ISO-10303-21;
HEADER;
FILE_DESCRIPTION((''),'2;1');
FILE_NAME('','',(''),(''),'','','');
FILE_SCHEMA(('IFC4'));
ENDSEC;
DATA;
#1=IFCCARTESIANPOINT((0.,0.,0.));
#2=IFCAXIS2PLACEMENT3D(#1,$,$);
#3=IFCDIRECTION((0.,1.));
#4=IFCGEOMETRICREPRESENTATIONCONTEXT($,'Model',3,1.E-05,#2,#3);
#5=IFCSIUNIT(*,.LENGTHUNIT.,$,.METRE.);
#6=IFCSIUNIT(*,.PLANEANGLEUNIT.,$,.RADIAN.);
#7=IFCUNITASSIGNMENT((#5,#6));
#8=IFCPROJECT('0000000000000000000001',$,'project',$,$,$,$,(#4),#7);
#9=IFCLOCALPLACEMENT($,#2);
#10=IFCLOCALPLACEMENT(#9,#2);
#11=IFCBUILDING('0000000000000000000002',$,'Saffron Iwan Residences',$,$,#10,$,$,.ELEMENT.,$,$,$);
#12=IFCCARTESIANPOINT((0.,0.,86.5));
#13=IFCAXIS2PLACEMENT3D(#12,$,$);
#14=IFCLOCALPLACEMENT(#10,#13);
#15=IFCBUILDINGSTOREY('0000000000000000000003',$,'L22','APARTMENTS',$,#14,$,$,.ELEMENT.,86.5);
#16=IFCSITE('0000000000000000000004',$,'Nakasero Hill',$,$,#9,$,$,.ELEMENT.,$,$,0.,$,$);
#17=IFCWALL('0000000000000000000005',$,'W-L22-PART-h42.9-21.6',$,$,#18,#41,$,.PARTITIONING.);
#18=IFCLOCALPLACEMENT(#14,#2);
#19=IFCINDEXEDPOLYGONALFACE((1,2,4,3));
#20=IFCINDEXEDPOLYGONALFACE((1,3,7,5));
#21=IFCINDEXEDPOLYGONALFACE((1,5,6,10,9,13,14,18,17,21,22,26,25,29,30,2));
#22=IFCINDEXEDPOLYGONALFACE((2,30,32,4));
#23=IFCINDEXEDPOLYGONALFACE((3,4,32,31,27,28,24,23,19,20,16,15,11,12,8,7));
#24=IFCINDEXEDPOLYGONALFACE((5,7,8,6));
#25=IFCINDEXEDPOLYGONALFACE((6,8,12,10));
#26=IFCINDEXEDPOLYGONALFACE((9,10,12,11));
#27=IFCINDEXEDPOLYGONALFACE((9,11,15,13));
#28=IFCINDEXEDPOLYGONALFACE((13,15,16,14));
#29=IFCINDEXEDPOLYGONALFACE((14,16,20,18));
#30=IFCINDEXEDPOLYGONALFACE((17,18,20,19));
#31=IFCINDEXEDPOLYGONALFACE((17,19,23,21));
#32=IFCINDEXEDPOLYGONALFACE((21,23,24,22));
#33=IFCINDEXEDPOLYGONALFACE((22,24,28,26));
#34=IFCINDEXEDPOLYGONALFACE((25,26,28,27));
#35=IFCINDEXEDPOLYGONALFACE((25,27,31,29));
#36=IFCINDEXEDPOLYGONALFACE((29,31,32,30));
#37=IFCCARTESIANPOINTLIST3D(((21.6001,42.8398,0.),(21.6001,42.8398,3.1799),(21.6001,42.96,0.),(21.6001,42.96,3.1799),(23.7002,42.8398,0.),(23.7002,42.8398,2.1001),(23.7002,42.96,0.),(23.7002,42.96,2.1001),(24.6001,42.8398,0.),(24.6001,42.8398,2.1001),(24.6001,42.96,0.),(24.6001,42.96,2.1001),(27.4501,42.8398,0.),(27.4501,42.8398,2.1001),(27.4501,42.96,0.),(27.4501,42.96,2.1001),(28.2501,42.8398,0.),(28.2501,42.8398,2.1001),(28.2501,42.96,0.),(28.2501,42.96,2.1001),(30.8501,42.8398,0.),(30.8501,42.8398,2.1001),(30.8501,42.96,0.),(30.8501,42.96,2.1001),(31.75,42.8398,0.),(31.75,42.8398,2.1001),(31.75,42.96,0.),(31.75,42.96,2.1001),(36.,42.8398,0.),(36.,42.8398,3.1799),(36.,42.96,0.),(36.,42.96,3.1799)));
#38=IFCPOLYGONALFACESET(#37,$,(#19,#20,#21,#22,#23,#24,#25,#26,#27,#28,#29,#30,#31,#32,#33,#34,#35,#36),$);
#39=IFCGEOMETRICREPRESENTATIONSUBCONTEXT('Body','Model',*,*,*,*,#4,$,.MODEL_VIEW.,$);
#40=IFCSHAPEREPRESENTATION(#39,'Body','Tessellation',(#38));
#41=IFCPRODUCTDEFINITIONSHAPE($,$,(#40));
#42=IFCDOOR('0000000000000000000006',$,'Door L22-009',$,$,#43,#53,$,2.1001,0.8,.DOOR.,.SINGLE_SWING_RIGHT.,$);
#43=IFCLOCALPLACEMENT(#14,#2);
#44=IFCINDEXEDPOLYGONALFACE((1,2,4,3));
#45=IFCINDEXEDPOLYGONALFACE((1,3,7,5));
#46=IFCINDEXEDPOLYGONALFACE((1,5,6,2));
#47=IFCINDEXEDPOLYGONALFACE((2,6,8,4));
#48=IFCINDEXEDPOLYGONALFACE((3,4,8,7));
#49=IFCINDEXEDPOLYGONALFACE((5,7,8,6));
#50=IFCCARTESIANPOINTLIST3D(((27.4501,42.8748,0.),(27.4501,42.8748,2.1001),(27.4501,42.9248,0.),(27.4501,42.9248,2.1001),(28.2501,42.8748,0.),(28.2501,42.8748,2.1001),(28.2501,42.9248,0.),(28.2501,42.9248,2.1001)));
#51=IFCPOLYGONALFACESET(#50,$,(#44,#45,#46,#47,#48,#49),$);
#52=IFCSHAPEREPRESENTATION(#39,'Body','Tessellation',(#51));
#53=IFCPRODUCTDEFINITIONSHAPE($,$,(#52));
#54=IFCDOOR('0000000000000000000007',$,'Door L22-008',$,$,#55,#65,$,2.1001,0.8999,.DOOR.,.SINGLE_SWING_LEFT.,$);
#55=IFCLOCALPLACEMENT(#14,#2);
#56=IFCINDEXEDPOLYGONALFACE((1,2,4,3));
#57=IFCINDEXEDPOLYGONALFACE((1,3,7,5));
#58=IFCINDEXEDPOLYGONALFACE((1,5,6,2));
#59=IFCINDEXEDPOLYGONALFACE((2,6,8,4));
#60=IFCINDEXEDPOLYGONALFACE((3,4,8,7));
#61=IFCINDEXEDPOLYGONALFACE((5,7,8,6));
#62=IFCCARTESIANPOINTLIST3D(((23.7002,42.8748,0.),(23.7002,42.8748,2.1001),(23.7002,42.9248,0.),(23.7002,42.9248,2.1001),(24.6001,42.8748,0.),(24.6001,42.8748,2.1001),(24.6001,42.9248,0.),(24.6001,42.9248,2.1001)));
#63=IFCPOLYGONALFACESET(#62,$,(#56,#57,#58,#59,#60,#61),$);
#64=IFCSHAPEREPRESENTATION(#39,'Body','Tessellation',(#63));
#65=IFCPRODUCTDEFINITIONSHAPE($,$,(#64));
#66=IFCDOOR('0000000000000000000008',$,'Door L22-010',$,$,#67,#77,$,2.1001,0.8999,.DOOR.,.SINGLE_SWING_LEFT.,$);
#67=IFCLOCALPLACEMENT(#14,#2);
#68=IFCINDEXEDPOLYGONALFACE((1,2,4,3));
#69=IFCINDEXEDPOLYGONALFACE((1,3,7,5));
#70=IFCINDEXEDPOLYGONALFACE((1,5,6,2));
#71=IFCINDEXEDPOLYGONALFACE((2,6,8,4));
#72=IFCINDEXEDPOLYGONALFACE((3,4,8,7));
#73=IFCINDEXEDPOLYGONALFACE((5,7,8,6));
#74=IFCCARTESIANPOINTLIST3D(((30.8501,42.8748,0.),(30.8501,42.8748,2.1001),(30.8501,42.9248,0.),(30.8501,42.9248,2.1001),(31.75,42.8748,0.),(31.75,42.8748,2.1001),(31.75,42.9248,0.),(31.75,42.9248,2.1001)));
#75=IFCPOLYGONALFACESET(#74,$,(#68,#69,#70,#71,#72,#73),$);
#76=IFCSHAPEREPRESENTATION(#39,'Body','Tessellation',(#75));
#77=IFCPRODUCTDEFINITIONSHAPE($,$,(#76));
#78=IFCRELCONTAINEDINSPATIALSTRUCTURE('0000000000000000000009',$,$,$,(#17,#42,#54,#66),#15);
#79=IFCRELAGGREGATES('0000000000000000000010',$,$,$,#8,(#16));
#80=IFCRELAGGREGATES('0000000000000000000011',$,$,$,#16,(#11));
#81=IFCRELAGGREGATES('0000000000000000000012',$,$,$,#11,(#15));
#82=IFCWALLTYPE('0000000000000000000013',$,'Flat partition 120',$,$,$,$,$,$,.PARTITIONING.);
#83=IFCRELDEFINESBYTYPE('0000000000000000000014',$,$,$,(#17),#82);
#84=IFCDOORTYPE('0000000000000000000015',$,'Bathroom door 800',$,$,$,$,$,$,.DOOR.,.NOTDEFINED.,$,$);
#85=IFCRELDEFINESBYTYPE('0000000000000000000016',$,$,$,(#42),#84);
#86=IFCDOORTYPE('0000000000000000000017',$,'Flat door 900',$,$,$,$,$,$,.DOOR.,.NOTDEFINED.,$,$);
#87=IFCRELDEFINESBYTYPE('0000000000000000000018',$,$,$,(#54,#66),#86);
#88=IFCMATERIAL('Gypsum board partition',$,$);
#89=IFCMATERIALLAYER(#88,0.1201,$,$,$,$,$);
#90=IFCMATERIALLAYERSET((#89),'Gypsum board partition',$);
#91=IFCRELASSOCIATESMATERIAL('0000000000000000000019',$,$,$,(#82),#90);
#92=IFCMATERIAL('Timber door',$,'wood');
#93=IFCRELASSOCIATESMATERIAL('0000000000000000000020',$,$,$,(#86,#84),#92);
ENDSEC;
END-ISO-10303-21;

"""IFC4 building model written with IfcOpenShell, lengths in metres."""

from ifc_helpers import new_model, si_unit, direction, frame, frame_2d, origin, place, context, subcontext, project, spatial, rectangle, extrude, material, layer, layer_set, type_object, element, fill, save


model = new_model("IFC4")

# Units and contexts
model_context = context("Model", 3, precision=1e-05, world=origin(), true_north=direction((0.0, 1.0)))
body_context = subcontext(model_context, "Body", "Model", "MODEL_VIEW")
ifc_project = project(units=[si_unit("LENGTHUNIT", "METRE"), si_unit("PLANEANGLEUNIT", "RADIAN")], contexts=[model_context])

# Site, building, storey
site_placement = place(None, origin())
site = spatial("IfcSite", under=ifc_project, at=site_placement, Name="Nakasero Hill", CompositionType="ELEMENT", RefElevation=0.0)
building_placement = place(site_placement, origin())
building = spatial("IfcBuilding", under=site, at=building_placement, Name="Saffron Iwan Residences", CompositionType="ELEMENT")
storey_placement = place(building_placement, frame((0.0, 0.0, 86.5)))
storey = spatial("IfcBuildingStorey", under=building, at=storey_placement, Name="L22", Description="APARTMENTS", CompositionType="ELEMENT", Elevation=86.5)

# Shared definitions
ifc_material_1 = material(Name="Gypsum board partition")
ifc_layer_1 = layer(ifc_material_1, 0.1201)
ifc_layer_set_1 = layer_set([ifc_layer_1], Name="Gypsum board partition")
wall_type_1 = type_object("IfcWallType", Name="Flat partition 120", PredefinedType="PARTITIONING", material=ifc_layer_set_1)
ifc_material_2 = material(Name="Timber door", Category="wood")
door_type_1 = type_object("IfcDoorType", Name="Flat door 900", OperationType="NOTDEFINED", PredefinedType="DOOR", material=ifc_material_2)

# Wall, openings, doors
wall_1_placement = place(storey_placement, frame((21.6001, 42.8999, 0.0), z_axis=(0.0, 0.0, 1.0), x_axis=(1.0, 0.0, 0.0)))
wall_1 = element("IfcWall", 1, at=wall_1_placement, inside=storey, type_object=wall_type_1, Name="W-L22-PART-h42.9-21.6", PredefinedType="PARTITIONING", context=body_context, shape_type="SweptSolid", body=[
    extrude(rectangle(XDim=14.3999, YDim=0.1201, at=frame_2d((7.2, 0.0))), origin(), (0.0, 0.0, 1.0), 3.1799),
])
opening_1_placement = place(wall_1_placement, frame((2.1001, 0.0, 0.0)))
opening_1 = element("IfcOpeningElement", 2, at=opening_1_placement, cuts=wall_1, PredefinedType="OPENING", context=body_context, shape_type="SweptSolid", body=[
    extrude(rectangle(XDim=0.8999, YDim=2.1001, at=frame_2d((0.45, 1.05))), frame((0.0, 0.0701, 0.0), z_axis=(0.0, -1.0, 0.0), x_axis=(1.0, 0.0, 0.0)), (0.0, 0.0, 1.0), 0.1401),
])
opening_2_placement = place(wall_1_placement, frame((5.8501, 0.0, 0.0)))
opening_2 = element("IfcOpeningElement", 3, at=opening_2_placement, cuts=wall_1, PredefinedType="OPENING", context=body_context, shape_type="SweptSolid", body=[
    extrude(rectangle(XDim=0.8, YDim=2.1001, at=frame_2d((0.3999, 1.05))), frame((0.0, 0.0701, 0.0), z_axis=(0.0, -1.0, 0.0), x_axis=(1.0, 0.0, 0.0)), (0.0, 0.0, 1.0), 0.1401),
])
opening_3_placement = place(wall_1_placement, frame((9.25, 0.0, 0.0)))
opening_3 = element("IfcOpeningElement", 4, at=opening_3_placement, cuts=wall_1, PredefinedType="OPENING", context=body_context, shape_type="SweptSolid", body=[
    extrude(rectangle(XDim=0.8999, YDim=2.1001, at=frame_2d((0.45, 1.05))), frame((0.0, 0.0701, 0.0), z_axis=(0.0, -1.0, 0.0), x_axis=(1.0, 0.0, 0.0)), (0.0, 0.0, 1.0), 0.1401),
])
door_type_2 = type_object("IfcDoorType", Name="Bathroom door 800", OperationType="NOTDEFINED", PredefinedType="DOOR", material=ifc_material_2)
door_1_placement = place(opening_2_placement, origin())
door_1 = element("IfcDoor", 5, at=door_1_placement, inside=storey, type_object=door_type_2, Name="Door L22-009", OperationType="SINGLE_SWING_RIGHT", OverallHeight=2.1001, OverallWidth=0.8, PredefinedType="DOOR", context=body_context, shape_type="SweptSolid", body=[
    extrude(rectangle(XDim=0.8, YDim=2.1001, at=frame_2d((0.3999, 1.05))), frame((0.0, 0.0249, 0.0), z_axis=(0.0, -1.0, 0.0), x_axis=(1.0, 0.0, 0.0)), (0.0, 0.0, 1.0), 0.05),
])
fill(opening_2, door_1)
door_2_placement = place(opening_1_placement, origin())
door_2 = element("IfcDoor", 6, at=door_2_placement, inside=storey, type_object=door_type_1, Name="Door L22-008", OperationType="SINGLE_SWING_LEFT", OverallHeight=2.1001, OverallWidth=0.8999, PredefinedType="DOOR", context=body_context, shape_type="SweptSolid", body=[
    extrude(rectangle(XDim=0.8999, YDim=2.1001, at=frame_2d((0.45, 1.05))), frame((0.0, 0.0249, 0.0), z_axis=(0.0, -1.0, 0.0), x_axis=(1.0, 0.0, 0.0)), (0.0, 0.0, 1.0), 0.05),
])
fill(opening_1, door_2)
door_3_placement = place(opening_3_placement, origin())
door_3 = element("IfcDoor", 7, at=door_3_placement, inside=storey, type_object=door_type_1, Name="Door L22-010", OperationType="SINGLE_SWING_LEFT", OverallHeight=2.1001, OverallWidth=0.8999, PredefinedType="DOOR", context=body_context, shape_type="SweptSolid", body=[
    extrude(rectangle(XDim=0.8999, YDim=2.1001, at=frame_2d((0.45, 1.05))), frame((0.0, 0.0249, 0.0), z_axis=(0.0, -1.0, 0.0), x_axis=(1.0, 0.0, 0.0)), (0.0, 0.0, 1.0), 0.05),
])
fill(opening_3, door_3)

save(model, "model.ifc")
